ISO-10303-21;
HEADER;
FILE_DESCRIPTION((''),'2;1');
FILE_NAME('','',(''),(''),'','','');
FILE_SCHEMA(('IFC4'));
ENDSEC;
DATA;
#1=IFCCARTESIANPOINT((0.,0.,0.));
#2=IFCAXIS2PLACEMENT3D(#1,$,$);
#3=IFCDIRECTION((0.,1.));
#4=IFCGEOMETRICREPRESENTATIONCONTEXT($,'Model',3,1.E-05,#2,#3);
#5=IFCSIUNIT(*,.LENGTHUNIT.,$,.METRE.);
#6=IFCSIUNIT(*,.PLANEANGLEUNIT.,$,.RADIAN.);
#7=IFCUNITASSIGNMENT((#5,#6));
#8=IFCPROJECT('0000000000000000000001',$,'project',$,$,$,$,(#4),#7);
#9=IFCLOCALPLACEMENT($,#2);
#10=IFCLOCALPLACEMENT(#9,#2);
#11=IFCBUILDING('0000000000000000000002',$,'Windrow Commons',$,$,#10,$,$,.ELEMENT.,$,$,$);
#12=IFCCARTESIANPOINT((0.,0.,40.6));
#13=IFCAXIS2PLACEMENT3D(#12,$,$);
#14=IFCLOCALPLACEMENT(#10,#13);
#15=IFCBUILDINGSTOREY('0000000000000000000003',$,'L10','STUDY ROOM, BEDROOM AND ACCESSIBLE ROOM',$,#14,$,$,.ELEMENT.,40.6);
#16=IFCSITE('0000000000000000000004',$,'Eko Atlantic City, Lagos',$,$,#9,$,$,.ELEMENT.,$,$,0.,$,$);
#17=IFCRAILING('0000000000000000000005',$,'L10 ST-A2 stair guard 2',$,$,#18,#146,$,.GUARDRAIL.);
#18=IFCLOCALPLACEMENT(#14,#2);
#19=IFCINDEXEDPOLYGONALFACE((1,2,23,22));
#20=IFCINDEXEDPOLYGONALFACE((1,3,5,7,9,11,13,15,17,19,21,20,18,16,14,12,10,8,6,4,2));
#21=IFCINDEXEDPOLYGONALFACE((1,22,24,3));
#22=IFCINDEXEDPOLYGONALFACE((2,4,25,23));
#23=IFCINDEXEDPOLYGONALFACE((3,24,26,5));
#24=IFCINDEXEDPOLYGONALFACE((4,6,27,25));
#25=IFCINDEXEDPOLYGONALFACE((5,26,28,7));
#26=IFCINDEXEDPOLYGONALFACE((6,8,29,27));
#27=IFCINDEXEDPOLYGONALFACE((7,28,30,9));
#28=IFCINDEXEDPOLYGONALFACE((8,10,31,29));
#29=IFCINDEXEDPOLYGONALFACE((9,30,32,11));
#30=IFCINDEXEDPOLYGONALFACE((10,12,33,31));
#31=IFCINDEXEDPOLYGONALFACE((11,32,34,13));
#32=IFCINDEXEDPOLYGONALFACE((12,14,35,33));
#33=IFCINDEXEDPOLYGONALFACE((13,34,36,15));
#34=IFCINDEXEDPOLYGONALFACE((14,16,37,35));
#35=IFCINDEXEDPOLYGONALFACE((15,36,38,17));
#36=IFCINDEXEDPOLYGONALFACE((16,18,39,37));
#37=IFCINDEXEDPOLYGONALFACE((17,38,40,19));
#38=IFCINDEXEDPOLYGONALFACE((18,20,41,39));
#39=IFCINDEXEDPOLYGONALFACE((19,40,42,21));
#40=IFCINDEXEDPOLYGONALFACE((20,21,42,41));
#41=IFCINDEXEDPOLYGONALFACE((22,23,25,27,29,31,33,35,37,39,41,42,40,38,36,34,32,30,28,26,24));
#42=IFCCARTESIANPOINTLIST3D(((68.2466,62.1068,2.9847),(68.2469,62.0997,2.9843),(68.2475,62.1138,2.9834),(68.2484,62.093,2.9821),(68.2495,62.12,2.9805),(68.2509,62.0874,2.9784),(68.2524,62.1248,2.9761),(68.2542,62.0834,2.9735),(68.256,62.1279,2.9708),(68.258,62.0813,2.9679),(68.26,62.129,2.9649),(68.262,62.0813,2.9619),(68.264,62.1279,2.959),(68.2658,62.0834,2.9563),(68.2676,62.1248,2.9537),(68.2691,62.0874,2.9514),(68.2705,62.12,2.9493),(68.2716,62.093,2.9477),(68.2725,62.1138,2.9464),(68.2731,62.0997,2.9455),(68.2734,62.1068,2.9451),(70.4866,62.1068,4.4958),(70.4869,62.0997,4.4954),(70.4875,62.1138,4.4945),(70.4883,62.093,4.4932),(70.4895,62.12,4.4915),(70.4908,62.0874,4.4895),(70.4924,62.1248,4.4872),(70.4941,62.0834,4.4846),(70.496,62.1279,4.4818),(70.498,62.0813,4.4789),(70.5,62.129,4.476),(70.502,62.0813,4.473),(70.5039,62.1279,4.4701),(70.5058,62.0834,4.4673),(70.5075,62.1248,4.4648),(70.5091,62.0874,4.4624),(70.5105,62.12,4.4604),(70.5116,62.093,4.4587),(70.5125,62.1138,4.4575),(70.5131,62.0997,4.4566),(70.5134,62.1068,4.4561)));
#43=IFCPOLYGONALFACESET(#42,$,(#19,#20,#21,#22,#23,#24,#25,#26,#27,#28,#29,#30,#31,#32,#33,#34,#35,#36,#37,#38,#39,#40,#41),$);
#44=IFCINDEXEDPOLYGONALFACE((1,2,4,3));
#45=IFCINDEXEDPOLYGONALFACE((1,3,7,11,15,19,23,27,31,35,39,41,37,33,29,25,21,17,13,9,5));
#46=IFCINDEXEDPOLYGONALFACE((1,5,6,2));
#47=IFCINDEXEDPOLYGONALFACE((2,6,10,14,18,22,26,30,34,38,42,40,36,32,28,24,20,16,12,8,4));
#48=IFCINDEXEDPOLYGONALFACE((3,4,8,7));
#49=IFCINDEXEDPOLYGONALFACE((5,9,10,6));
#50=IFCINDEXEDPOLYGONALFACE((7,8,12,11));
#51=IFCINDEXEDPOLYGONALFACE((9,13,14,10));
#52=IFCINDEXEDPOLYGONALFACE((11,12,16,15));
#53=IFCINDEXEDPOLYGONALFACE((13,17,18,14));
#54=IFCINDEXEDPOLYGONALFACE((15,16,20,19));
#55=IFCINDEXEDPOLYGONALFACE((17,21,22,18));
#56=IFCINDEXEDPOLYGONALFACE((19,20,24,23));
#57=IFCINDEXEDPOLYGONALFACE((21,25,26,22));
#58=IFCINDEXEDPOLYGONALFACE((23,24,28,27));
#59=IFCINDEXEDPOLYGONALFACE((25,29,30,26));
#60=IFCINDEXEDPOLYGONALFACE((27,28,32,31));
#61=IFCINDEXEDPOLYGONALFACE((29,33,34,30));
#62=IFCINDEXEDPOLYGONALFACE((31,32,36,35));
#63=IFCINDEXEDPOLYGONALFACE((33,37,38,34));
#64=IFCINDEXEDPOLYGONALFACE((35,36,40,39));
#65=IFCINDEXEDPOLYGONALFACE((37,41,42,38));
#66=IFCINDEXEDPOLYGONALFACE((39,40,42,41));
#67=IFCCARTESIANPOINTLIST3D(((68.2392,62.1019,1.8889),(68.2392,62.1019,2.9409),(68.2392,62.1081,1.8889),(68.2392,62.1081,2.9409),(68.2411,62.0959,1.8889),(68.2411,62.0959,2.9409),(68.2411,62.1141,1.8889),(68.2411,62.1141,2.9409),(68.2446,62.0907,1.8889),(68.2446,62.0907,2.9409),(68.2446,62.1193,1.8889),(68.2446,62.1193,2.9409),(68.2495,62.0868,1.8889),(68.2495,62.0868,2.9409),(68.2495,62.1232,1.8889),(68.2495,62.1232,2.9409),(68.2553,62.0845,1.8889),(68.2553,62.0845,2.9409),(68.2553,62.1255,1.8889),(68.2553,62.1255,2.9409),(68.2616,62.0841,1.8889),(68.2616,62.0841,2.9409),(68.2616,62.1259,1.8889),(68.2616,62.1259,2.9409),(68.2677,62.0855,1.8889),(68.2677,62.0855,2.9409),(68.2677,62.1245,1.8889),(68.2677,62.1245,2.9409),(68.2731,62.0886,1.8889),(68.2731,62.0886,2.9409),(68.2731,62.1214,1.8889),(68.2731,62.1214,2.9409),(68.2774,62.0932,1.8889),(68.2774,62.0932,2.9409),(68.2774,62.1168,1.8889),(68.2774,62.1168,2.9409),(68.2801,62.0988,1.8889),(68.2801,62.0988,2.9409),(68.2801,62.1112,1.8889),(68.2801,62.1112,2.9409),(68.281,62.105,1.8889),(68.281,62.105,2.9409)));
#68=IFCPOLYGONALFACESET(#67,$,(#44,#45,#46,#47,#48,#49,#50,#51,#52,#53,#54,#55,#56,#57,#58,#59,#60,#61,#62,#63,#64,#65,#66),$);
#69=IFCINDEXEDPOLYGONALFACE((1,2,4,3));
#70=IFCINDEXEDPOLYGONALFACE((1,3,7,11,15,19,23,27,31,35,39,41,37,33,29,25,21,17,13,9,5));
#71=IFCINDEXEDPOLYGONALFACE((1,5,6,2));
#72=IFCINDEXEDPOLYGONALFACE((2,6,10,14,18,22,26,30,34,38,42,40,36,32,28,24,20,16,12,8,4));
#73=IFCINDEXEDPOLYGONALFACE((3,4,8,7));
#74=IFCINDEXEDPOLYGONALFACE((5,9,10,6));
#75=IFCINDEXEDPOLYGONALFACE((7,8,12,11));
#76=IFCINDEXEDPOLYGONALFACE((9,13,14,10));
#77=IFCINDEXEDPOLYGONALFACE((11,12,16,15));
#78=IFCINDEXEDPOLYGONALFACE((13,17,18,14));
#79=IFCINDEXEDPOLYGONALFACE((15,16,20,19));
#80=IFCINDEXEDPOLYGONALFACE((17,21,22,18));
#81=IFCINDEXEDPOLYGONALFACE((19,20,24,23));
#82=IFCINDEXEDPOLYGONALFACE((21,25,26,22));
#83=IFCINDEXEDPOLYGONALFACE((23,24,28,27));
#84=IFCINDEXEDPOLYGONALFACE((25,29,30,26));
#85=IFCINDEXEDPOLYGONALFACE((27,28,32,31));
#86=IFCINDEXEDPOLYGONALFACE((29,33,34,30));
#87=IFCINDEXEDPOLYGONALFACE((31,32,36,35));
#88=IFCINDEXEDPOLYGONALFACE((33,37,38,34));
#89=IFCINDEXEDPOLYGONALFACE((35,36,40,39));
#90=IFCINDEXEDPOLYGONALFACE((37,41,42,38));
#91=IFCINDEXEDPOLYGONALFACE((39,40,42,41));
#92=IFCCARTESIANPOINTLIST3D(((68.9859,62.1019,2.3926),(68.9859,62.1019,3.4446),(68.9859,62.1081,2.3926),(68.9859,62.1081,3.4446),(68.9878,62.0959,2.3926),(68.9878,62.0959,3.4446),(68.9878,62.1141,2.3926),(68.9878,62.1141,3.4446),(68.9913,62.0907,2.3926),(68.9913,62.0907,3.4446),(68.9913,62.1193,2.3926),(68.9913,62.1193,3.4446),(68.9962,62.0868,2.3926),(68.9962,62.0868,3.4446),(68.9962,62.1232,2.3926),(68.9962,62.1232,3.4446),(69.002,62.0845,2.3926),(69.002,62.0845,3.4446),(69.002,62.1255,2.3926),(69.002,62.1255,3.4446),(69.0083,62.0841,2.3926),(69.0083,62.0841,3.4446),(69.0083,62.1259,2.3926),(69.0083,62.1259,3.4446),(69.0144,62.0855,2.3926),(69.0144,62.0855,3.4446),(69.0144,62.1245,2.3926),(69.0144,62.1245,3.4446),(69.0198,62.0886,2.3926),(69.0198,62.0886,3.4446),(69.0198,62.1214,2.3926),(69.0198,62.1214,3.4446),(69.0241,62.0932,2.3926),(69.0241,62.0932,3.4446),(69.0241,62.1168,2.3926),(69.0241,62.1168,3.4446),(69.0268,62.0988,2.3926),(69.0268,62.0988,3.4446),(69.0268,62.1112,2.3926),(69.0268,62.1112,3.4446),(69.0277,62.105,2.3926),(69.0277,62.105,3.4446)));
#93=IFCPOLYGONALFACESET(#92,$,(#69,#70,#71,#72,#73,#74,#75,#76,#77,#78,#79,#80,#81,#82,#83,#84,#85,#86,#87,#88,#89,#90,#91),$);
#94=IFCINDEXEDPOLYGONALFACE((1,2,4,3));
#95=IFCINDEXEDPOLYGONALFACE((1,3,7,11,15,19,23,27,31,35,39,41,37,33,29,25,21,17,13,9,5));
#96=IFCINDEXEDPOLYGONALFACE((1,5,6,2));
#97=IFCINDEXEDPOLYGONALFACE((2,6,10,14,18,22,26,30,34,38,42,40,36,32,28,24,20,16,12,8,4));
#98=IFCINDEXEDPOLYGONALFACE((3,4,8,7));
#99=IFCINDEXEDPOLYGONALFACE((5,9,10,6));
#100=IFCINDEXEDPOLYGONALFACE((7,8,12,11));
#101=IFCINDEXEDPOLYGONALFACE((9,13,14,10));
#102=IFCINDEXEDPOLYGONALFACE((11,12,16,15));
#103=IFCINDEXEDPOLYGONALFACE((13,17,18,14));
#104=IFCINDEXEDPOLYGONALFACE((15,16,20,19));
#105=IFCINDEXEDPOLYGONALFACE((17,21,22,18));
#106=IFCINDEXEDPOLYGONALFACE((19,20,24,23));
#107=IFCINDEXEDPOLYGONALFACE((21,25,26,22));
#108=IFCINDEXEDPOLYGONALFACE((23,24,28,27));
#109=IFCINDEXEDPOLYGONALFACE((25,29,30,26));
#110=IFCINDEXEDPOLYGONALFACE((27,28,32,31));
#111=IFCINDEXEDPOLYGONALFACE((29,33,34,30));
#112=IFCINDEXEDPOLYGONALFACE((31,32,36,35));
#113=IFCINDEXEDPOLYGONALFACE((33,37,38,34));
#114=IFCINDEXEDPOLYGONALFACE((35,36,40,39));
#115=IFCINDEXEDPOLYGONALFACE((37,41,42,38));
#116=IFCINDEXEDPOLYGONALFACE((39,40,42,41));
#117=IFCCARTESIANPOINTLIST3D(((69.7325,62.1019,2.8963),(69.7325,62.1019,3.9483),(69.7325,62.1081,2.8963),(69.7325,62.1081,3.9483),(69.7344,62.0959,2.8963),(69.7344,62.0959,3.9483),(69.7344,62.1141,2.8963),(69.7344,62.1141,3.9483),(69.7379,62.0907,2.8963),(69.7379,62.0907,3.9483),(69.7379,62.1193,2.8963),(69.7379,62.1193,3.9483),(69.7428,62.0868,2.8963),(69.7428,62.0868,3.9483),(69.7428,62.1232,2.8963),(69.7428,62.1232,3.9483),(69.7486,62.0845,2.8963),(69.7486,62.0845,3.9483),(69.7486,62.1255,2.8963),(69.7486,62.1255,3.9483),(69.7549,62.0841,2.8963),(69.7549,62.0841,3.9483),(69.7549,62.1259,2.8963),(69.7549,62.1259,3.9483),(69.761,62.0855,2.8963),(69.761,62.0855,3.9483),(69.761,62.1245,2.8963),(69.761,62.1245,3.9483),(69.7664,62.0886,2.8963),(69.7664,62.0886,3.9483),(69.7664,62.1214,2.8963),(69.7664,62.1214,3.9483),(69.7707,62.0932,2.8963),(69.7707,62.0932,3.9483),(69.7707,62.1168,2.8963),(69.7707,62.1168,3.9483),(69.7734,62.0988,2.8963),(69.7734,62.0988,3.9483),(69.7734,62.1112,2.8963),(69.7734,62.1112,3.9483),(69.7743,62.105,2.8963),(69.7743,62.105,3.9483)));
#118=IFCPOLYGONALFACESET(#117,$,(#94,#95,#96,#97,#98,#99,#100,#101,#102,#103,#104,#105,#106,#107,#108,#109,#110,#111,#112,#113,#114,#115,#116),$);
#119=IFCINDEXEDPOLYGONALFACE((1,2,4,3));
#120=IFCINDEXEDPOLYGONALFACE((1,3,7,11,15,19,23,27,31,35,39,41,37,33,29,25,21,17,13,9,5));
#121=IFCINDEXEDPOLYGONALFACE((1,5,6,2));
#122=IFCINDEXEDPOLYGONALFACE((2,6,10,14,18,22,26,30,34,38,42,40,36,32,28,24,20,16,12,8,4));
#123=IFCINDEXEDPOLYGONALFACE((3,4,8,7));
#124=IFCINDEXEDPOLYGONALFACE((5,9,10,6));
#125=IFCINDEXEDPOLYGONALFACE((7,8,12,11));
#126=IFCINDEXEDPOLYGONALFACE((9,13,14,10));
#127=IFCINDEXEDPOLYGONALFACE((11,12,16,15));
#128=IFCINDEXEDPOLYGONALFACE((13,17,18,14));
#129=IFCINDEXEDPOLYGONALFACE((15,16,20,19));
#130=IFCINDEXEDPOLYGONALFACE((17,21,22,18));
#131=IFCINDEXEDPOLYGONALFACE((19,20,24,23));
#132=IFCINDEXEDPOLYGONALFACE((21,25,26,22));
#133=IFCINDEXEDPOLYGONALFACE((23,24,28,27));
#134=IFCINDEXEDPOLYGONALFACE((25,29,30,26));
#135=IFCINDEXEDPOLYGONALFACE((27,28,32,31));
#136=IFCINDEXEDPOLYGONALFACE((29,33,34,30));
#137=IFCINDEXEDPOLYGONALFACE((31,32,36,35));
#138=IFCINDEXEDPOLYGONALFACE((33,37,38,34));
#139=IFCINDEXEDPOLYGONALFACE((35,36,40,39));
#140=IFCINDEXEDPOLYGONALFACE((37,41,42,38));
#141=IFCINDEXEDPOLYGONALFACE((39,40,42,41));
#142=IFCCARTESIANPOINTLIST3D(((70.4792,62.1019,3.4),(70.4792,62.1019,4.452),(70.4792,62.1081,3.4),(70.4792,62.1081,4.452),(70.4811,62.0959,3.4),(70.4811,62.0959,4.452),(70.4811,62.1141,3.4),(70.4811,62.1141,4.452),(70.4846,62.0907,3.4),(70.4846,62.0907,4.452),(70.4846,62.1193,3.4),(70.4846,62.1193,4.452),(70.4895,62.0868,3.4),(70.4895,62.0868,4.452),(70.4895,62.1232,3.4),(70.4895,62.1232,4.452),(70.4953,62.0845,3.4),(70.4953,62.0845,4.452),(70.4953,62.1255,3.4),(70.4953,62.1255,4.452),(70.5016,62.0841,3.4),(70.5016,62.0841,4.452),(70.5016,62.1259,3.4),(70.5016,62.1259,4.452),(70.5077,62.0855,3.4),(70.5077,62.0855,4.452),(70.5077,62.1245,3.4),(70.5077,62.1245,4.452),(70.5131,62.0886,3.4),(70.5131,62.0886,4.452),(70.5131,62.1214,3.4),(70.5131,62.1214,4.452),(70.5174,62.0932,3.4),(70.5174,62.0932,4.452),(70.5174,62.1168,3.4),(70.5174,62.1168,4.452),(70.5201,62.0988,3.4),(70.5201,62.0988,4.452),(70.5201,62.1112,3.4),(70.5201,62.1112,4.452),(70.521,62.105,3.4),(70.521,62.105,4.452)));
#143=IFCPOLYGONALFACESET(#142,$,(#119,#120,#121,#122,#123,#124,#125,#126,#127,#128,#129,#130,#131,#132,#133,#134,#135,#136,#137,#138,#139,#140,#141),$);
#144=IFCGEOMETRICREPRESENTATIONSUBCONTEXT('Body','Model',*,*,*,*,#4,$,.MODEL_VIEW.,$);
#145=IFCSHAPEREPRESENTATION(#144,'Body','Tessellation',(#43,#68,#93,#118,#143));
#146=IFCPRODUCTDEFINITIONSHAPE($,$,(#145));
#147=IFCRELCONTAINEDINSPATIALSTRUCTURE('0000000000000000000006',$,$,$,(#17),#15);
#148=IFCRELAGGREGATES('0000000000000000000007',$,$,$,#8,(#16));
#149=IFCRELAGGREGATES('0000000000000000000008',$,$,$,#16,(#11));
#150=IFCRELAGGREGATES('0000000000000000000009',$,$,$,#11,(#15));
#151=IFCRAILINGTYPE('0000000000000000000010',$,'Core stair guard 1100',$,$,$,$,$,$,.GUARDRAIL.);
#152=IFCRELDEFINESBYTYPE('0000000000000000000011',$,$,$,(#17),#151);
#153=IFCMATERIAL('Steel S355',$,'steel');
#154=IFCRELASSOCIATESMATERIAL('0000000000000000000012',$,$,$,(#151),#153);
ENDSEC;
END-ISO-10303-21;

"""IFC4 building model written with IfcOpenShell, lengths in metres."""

from ifc_helpers import new_model, si_unit, direction, frame, origin, origin_2d, place, context, subcontext, project, spatial, circle, extrude, material, type_object, element, save


model = new_model("IFC4")

# Units and contexts
model_context = context("Model", 3, precision=1e-05, world=origin(), true_north=direction((0.0, 1.0)))
body_context = subcontext(model_context, "Body", "Model", "MODEL_VIEW")
ifc_project = project(units=[si_unit("LENGTHUNIT", "METRE"), si_unit("PLANEANGLEUNIT", "RADIAN")], contexts=[model_context])

# Site, building, storey
site_placement = place(None, origin())
site = spatial("IfcSite", under=ifc_project, at=site_placement, Name="Eko Atlantic City, Lagos", CompositionType="ELEMENT", RefElevation=0.0)
building_placement = place(site_placement, origin())
building = spatial("IfcBuilding", under=site, at=building_placement, Name="Windrow Commons", CompositionType="ELEMENT")
storey_placement = place(building_placement, frame((0.0, 0.0, 40.6)))
storey = spatial("IfcBuildingStorey", under=building, at=storey_placement, Name="L10", Description="STUDY ROOM, BEDROOM AND ACCESSIBLE ROOM", CompositionType="ELEMENT", Elevation=40.6)

# Railing
ifc_material_1 = material(Name="Steel S355", Category="steel")
railing_type_1 = type_object("IfcRailingType", Name="Core stair guard 1100", PredefinedType="GUARDRAIL", material=ifc_material_1)
railing_1_placement = place(storey_placement, frame((68.26, 62.105, 1.8889)))
element("IfcRailing", 1, at=railing_1_placement, inside=storey, type_object=railing_type_1, Name="L10 ST-A2 stair guard 2", PredefinedType="GUARDRAIL", context=body_context, shape_type="SweptSolid", body=[
    extrude(circle(Radius=0.024, at=origin_2d()), frame((0.0, 0.0, 1.076), z_axis=(0.829003, 0.0, 0.559244), x_axis=(0.0, 1.0, 0.0)), (0.0, 0.0, 1.0), 2.702),
    extrude(circle(Radius=0.021, at=origin_2d()), origin(), (0.0, 0.0, 1.0), 1.052),
    extrude(circle(Radius=0.021, at=origin_2d()), frame((0.7467, 0.0, 0.5037)), (0.0, 0.0, 1.0), 1.052),
    extrude(circle(Radius=0.021, at=origin_2d()), frame((1.4933, 0.0, 1.0074)), (0.0, 0.0, 1.0), 1.052),
    extrude(circle(Radius=0.021, at=origin_2d()), frame((2.24, 0.0, 1.5111)), (0.0, 0.0, 1.0), 1.052),
])

save(model, "model.ifc")
